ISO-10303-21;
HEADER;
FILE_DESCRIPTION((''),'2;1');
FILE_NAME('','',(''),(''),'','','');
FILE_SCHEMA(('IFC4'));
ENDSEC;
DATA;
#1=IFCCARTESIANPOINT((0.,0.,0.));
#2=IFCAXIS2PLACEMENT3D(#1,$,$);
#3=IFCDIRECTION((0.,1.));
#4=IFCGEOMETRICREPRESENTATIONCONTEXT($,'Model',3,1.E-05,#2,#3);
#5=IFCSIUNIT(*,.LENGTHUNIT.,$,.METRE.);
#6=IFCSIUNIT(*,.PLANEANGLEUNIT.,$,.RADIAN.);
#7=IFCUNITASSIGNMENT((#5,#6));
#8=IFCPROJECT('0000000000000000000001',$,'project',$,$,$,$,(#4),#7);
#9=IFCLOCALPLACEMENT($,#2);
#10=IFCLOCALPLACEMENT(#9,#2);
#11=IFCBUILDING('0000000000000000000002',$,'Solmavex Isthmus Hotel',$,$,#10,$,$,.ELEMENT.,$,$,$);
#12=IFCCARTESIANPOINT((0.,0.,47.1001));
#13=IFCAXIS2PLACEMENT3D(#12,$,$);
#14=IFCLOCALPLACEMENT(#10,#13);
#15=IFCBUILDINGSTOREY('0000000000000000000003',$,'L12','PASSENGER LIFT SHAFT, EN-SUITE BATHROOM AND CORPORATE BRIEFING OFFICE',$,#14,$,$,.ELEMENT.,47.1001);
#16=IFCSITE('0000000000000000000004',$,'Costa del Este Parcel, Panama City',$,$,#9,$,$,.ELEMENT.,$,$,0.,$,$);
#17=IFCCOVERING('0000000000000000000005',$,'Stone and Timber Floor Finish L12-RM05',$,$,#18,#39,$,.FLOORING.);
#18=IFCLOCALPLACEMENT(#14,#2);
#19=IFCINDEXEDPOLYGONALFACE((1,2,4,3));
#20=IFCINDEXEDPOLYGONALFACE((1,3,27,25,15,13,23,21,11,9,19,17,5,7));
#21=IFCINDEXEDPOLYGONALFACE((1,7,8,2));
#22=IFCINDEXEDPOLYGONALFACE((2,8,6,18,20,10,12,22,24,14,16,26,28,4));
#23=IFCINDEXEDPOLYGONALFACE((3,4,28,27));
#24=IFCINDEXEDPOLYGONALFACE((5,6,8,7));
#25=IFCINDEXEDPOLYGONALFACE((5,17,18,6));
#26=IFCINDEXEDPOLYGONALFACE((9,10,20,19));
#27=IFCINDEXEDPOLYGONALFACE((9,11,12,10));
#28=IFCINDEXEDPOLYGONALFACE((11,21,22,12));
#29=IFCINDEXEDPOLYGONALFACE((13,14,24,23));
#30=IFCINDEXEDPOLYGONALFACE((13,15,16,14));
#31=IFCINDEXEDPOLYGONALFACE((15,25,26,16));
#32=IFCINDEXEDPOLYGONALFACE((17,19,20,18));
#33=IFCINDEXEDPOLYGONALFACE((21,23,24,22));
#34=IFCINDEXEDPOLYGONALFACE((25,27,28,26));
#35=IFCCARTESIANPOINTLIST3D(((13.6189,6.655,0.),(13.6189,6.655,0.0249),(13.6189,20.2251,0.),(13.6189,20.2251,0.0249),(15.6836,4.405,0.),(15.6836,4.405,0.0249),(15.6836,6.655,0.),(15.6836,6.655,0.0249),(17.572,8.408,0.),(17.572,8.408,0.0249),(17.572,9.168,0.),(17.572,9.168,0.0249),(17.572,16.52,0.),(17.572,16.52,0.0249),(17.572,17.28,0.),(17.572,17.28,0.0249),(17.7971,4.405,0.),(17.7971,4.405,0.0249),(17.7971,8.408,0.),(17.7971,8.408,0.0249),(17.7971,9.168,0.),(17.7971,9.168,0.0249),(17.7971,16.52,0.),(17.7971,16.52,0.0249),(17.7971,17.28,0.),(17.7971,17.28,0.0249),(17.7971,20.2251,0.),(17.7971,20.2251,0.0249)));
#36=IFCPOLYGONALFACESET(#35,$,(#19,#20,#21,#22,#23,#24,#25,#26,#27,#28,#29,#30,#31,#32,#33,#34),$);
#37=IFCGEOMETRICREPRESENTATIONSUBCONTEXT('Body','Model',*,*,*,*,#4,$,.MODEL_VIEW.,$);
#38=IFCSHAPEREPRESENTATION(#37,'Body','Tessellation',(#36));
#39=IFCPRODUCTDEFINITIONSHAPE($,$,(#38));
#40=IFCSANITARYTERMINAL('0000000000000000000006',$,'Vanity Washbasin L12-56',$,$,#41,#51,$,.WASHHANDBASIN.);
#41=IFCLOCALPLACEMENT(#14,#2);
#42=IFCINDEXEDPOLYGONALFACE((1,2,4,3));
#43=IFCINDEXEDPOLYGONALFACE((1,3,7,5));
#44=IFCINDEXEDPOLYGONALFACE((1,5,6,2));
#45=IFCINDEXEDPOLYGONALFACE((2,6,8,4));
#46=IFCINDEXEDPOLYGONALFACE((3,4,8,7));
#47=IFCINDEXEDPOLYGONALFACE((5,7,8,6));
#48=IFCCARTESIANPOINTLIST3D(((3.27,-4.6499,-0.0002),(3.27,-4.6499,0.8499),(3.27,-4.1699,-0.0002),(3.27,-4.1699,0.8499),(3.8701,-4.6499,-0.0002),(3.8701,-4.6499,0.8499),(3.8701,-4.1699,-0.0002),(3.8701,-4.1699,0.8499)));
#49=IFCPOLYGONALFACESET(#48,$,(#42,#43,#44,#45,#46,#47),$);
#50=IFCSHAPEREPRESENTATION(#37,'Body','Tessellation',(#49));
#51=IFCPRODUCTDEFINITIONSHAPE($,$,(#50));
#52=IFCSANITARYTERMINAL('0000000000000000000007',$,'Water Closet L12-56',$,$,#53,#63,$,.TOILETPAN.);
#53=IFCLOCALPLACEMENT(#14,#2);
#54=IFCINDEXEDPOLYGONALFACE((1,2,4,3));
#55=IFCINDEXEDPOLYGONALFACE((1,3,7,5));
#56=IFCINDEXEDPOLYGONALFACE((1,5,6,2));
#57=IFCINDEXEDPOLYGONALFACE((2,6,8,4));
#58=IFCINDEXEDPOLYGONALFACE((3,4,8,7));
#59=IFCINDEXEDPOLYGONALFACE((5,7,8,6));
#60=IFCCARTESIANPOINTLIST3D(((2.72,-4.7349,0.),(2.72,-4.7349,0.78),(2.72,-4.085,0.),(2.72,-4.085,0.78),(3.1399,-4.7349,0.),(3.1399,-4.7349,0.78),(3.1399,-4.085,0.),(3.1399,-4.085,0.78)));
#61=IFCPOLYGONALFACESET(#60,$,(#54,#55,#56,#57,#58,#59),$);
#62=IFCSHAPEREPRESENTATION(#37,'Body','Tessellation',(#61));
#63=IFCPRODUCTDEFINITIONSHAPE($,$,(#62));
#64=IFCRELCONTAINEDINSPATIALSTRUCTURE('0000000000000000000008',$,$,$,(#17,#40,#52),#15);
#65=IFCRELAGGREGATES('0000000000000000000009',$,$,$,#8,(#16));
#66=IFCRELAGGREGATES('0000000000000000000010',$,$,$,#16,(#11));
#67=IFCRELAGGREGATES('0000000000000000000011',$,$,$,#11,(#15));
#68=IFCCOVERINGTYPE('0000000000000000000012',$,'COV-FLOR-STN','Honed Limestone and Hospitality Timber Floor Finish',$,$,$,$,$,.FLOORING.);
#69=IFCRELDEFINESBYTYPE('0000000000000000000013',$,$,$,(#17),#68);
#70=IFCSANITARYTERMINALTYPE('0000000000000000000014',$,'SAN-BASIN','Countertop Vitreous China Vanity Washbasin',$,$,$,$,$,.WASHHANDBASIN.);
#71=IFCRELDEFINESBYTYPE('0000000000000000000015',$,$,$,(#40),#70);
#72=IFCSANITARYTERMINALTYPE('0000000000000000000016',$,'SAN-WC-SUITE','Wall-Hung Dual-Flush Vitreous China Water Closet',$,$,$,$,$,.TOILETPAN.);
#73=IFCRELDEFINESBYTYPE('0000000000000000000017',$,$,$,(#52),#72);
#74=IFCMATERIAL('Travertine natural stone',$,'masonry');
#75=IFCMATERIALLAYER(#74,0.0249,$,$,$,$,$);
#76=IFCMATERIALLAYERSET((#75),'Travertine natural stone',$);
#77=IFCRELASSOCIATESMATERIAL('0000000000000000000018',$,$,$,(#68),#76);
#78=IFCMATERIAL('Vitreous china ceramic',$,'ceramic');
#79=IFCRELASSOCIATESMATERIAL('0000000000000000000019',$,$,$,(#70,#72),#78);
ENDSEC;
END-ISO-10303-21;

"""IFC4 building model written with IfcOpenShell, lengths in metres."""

from ifc_helpers import new_model, si_unit, direction, frame, origin, origin_2d, place, context, subcontext, project, spatial, polyline, rectangle, outline, extrude, material, layer, layer_set, type_object, element, save


model = new_model("IFC4")

# Units and contexts
model_context = context("Model", 3, precision=1e-05, world=origin(), true_north=direction((0.0, 1.0)))
body_context = subcontext(model_context, "Body", "Model", "MODEL_VIEW")
ifc_project = project(units=[si_unit("LENGTHUNIT", "METRE"), si_unit("PLANEANGLEUNIT", "RADIAN")], contexts=[model_context])

# Site, building, storey
site_placement = place(None, origin())
site = spatial("IfcSite", under=ifc_project, at=site_placement, Name="Costa del Este Parcel, Panama City", CompositionType="ELEMENT", RefElevation=0.0)
building_placement = place(site_placement, origin())
building = spatial("IfcBuilding", under=site, at=building_placement, Name="Solmavex Isthmus Hotel", CompositionType="ELEMENT")
storey_placement = place(building_placement, frame((0.0, 0.0, 47.1001)))
storey = spatial("IfcBuildingStorey", under=building, at=storey_placement, Name="L12", Description="PASSENGER LIFT SHAFT, EN-SUITE BATHROOM AND CORPORATE BRIEFING OFFICE", CompositionType="ELEMENT", Elevation=47.1001)

# Covering
ifc_material_1 = material(Name="Travertine natural stone", Category="masonry")
ifc_layer_1 = layer(ifc_material_1, 0.0249)
ifc_layer_set_1 = layer_set([ifc_layer_1], Name="Travertine natural stone")
covering_type_1 = type_object("IfcCoveringType", Name="COV-FLOR-STN", Description="Honed Limestone and Hospitality Timber Floor Finish", PredefinedType="FLOORING", material=ifc_layer_set_1)
covering_1_placement = place(storey_placement, origin())
element("IfcCovering", 1, at=covering_1_placement, inside=storey, type_object=covering_type_1, Name="Stone and Timber Floor Finish L12-RM05", PredefinedType="FLOORING", context=body_context, shape_type="SweptSolid", body=[
    extrude(outline(polyline([(17.7971, 16.52), (17.572, 16.52), (17.572, 17.28), (17.7971, 17.28), (17.7971, 20.2251), (13.6189, 20.2251), (13.6189, 6.655), (15.6836, 6.655), (15.6836, 4.405), (17.7971, 4.405), (17.7971, 8.408), (17.572, 8.408), (17.572, 9.168), (17.7971, 9.168), (17.7971, 16.52)])), origin(), (0.0, 0.0, 1.0), 0.0249),
])

# Sanitary terminals
ifc_material_2 = material(Name="Vitreous china ceramic", Category="ceramic")
sanitary_terminal_type_1 = type_object("IfcSanitaryTerminalType", Name="SAN-BASIN", Description="Countertop Vitreous China Vanity Washbasin", PredefinedType="WASHHANDBASIN", material=ifc_material_2)
sanitary_terminal_1_placement = place(storey_placement, frame((3.5701, -4.4099, -0.0002), z_axis=(0.0, 0.0, 1.0), x_axis=(1.0, 0.0, 0.0)))
element("IfcSanitaryTerminal", 2, at=sanitary_terminal_1_placement, inside=storey, type_object=sanitary_terminal_type_1, Name="Vanity Washbasin L12-56", PredefinedType="WASHHANDBASIN", context=body_context, shape_type="SweptSolid", body=[
    extrude(rectangle(XDim=0.6001, YDim=0.48, at=origin_2d()), origin(), (0.0, 0.0, 1.0), 0.8501),
])
sanitary_terminal_type_2 = type_object("IfcSanitaryTerminalType", Name="SAN-WC-SUITE", Description="Wall-Hung Dual-Flush Vitreous China Water Closet", PredefinedType="TOILETPAN", material=ifc_material_2)
sanitary_terminal_2_placement = place(storey_placement, frame((2.9299, -4.4099, 0.0), z_axis=(0.0, 0.0, 1.0), x_axis=(1.0, 0.0, 0.0)))
element("IfcSanitaryTerminal", 3, at=sanitary_terminal_2_placement, inside=storey, type_object=sanitary_terminal_type_2, Name="Water Closet L12-56", PredefinedType="TOILETPAN", context=body_context, shape_type="SweptSolid", body=[
    extrude(rectangle(XDim=0.4199, YDim=0.6499, at=origin_2d()), origin(), (0.0, 0.0, 1.0), 0.78),
])

save(model, "model.ifc")
